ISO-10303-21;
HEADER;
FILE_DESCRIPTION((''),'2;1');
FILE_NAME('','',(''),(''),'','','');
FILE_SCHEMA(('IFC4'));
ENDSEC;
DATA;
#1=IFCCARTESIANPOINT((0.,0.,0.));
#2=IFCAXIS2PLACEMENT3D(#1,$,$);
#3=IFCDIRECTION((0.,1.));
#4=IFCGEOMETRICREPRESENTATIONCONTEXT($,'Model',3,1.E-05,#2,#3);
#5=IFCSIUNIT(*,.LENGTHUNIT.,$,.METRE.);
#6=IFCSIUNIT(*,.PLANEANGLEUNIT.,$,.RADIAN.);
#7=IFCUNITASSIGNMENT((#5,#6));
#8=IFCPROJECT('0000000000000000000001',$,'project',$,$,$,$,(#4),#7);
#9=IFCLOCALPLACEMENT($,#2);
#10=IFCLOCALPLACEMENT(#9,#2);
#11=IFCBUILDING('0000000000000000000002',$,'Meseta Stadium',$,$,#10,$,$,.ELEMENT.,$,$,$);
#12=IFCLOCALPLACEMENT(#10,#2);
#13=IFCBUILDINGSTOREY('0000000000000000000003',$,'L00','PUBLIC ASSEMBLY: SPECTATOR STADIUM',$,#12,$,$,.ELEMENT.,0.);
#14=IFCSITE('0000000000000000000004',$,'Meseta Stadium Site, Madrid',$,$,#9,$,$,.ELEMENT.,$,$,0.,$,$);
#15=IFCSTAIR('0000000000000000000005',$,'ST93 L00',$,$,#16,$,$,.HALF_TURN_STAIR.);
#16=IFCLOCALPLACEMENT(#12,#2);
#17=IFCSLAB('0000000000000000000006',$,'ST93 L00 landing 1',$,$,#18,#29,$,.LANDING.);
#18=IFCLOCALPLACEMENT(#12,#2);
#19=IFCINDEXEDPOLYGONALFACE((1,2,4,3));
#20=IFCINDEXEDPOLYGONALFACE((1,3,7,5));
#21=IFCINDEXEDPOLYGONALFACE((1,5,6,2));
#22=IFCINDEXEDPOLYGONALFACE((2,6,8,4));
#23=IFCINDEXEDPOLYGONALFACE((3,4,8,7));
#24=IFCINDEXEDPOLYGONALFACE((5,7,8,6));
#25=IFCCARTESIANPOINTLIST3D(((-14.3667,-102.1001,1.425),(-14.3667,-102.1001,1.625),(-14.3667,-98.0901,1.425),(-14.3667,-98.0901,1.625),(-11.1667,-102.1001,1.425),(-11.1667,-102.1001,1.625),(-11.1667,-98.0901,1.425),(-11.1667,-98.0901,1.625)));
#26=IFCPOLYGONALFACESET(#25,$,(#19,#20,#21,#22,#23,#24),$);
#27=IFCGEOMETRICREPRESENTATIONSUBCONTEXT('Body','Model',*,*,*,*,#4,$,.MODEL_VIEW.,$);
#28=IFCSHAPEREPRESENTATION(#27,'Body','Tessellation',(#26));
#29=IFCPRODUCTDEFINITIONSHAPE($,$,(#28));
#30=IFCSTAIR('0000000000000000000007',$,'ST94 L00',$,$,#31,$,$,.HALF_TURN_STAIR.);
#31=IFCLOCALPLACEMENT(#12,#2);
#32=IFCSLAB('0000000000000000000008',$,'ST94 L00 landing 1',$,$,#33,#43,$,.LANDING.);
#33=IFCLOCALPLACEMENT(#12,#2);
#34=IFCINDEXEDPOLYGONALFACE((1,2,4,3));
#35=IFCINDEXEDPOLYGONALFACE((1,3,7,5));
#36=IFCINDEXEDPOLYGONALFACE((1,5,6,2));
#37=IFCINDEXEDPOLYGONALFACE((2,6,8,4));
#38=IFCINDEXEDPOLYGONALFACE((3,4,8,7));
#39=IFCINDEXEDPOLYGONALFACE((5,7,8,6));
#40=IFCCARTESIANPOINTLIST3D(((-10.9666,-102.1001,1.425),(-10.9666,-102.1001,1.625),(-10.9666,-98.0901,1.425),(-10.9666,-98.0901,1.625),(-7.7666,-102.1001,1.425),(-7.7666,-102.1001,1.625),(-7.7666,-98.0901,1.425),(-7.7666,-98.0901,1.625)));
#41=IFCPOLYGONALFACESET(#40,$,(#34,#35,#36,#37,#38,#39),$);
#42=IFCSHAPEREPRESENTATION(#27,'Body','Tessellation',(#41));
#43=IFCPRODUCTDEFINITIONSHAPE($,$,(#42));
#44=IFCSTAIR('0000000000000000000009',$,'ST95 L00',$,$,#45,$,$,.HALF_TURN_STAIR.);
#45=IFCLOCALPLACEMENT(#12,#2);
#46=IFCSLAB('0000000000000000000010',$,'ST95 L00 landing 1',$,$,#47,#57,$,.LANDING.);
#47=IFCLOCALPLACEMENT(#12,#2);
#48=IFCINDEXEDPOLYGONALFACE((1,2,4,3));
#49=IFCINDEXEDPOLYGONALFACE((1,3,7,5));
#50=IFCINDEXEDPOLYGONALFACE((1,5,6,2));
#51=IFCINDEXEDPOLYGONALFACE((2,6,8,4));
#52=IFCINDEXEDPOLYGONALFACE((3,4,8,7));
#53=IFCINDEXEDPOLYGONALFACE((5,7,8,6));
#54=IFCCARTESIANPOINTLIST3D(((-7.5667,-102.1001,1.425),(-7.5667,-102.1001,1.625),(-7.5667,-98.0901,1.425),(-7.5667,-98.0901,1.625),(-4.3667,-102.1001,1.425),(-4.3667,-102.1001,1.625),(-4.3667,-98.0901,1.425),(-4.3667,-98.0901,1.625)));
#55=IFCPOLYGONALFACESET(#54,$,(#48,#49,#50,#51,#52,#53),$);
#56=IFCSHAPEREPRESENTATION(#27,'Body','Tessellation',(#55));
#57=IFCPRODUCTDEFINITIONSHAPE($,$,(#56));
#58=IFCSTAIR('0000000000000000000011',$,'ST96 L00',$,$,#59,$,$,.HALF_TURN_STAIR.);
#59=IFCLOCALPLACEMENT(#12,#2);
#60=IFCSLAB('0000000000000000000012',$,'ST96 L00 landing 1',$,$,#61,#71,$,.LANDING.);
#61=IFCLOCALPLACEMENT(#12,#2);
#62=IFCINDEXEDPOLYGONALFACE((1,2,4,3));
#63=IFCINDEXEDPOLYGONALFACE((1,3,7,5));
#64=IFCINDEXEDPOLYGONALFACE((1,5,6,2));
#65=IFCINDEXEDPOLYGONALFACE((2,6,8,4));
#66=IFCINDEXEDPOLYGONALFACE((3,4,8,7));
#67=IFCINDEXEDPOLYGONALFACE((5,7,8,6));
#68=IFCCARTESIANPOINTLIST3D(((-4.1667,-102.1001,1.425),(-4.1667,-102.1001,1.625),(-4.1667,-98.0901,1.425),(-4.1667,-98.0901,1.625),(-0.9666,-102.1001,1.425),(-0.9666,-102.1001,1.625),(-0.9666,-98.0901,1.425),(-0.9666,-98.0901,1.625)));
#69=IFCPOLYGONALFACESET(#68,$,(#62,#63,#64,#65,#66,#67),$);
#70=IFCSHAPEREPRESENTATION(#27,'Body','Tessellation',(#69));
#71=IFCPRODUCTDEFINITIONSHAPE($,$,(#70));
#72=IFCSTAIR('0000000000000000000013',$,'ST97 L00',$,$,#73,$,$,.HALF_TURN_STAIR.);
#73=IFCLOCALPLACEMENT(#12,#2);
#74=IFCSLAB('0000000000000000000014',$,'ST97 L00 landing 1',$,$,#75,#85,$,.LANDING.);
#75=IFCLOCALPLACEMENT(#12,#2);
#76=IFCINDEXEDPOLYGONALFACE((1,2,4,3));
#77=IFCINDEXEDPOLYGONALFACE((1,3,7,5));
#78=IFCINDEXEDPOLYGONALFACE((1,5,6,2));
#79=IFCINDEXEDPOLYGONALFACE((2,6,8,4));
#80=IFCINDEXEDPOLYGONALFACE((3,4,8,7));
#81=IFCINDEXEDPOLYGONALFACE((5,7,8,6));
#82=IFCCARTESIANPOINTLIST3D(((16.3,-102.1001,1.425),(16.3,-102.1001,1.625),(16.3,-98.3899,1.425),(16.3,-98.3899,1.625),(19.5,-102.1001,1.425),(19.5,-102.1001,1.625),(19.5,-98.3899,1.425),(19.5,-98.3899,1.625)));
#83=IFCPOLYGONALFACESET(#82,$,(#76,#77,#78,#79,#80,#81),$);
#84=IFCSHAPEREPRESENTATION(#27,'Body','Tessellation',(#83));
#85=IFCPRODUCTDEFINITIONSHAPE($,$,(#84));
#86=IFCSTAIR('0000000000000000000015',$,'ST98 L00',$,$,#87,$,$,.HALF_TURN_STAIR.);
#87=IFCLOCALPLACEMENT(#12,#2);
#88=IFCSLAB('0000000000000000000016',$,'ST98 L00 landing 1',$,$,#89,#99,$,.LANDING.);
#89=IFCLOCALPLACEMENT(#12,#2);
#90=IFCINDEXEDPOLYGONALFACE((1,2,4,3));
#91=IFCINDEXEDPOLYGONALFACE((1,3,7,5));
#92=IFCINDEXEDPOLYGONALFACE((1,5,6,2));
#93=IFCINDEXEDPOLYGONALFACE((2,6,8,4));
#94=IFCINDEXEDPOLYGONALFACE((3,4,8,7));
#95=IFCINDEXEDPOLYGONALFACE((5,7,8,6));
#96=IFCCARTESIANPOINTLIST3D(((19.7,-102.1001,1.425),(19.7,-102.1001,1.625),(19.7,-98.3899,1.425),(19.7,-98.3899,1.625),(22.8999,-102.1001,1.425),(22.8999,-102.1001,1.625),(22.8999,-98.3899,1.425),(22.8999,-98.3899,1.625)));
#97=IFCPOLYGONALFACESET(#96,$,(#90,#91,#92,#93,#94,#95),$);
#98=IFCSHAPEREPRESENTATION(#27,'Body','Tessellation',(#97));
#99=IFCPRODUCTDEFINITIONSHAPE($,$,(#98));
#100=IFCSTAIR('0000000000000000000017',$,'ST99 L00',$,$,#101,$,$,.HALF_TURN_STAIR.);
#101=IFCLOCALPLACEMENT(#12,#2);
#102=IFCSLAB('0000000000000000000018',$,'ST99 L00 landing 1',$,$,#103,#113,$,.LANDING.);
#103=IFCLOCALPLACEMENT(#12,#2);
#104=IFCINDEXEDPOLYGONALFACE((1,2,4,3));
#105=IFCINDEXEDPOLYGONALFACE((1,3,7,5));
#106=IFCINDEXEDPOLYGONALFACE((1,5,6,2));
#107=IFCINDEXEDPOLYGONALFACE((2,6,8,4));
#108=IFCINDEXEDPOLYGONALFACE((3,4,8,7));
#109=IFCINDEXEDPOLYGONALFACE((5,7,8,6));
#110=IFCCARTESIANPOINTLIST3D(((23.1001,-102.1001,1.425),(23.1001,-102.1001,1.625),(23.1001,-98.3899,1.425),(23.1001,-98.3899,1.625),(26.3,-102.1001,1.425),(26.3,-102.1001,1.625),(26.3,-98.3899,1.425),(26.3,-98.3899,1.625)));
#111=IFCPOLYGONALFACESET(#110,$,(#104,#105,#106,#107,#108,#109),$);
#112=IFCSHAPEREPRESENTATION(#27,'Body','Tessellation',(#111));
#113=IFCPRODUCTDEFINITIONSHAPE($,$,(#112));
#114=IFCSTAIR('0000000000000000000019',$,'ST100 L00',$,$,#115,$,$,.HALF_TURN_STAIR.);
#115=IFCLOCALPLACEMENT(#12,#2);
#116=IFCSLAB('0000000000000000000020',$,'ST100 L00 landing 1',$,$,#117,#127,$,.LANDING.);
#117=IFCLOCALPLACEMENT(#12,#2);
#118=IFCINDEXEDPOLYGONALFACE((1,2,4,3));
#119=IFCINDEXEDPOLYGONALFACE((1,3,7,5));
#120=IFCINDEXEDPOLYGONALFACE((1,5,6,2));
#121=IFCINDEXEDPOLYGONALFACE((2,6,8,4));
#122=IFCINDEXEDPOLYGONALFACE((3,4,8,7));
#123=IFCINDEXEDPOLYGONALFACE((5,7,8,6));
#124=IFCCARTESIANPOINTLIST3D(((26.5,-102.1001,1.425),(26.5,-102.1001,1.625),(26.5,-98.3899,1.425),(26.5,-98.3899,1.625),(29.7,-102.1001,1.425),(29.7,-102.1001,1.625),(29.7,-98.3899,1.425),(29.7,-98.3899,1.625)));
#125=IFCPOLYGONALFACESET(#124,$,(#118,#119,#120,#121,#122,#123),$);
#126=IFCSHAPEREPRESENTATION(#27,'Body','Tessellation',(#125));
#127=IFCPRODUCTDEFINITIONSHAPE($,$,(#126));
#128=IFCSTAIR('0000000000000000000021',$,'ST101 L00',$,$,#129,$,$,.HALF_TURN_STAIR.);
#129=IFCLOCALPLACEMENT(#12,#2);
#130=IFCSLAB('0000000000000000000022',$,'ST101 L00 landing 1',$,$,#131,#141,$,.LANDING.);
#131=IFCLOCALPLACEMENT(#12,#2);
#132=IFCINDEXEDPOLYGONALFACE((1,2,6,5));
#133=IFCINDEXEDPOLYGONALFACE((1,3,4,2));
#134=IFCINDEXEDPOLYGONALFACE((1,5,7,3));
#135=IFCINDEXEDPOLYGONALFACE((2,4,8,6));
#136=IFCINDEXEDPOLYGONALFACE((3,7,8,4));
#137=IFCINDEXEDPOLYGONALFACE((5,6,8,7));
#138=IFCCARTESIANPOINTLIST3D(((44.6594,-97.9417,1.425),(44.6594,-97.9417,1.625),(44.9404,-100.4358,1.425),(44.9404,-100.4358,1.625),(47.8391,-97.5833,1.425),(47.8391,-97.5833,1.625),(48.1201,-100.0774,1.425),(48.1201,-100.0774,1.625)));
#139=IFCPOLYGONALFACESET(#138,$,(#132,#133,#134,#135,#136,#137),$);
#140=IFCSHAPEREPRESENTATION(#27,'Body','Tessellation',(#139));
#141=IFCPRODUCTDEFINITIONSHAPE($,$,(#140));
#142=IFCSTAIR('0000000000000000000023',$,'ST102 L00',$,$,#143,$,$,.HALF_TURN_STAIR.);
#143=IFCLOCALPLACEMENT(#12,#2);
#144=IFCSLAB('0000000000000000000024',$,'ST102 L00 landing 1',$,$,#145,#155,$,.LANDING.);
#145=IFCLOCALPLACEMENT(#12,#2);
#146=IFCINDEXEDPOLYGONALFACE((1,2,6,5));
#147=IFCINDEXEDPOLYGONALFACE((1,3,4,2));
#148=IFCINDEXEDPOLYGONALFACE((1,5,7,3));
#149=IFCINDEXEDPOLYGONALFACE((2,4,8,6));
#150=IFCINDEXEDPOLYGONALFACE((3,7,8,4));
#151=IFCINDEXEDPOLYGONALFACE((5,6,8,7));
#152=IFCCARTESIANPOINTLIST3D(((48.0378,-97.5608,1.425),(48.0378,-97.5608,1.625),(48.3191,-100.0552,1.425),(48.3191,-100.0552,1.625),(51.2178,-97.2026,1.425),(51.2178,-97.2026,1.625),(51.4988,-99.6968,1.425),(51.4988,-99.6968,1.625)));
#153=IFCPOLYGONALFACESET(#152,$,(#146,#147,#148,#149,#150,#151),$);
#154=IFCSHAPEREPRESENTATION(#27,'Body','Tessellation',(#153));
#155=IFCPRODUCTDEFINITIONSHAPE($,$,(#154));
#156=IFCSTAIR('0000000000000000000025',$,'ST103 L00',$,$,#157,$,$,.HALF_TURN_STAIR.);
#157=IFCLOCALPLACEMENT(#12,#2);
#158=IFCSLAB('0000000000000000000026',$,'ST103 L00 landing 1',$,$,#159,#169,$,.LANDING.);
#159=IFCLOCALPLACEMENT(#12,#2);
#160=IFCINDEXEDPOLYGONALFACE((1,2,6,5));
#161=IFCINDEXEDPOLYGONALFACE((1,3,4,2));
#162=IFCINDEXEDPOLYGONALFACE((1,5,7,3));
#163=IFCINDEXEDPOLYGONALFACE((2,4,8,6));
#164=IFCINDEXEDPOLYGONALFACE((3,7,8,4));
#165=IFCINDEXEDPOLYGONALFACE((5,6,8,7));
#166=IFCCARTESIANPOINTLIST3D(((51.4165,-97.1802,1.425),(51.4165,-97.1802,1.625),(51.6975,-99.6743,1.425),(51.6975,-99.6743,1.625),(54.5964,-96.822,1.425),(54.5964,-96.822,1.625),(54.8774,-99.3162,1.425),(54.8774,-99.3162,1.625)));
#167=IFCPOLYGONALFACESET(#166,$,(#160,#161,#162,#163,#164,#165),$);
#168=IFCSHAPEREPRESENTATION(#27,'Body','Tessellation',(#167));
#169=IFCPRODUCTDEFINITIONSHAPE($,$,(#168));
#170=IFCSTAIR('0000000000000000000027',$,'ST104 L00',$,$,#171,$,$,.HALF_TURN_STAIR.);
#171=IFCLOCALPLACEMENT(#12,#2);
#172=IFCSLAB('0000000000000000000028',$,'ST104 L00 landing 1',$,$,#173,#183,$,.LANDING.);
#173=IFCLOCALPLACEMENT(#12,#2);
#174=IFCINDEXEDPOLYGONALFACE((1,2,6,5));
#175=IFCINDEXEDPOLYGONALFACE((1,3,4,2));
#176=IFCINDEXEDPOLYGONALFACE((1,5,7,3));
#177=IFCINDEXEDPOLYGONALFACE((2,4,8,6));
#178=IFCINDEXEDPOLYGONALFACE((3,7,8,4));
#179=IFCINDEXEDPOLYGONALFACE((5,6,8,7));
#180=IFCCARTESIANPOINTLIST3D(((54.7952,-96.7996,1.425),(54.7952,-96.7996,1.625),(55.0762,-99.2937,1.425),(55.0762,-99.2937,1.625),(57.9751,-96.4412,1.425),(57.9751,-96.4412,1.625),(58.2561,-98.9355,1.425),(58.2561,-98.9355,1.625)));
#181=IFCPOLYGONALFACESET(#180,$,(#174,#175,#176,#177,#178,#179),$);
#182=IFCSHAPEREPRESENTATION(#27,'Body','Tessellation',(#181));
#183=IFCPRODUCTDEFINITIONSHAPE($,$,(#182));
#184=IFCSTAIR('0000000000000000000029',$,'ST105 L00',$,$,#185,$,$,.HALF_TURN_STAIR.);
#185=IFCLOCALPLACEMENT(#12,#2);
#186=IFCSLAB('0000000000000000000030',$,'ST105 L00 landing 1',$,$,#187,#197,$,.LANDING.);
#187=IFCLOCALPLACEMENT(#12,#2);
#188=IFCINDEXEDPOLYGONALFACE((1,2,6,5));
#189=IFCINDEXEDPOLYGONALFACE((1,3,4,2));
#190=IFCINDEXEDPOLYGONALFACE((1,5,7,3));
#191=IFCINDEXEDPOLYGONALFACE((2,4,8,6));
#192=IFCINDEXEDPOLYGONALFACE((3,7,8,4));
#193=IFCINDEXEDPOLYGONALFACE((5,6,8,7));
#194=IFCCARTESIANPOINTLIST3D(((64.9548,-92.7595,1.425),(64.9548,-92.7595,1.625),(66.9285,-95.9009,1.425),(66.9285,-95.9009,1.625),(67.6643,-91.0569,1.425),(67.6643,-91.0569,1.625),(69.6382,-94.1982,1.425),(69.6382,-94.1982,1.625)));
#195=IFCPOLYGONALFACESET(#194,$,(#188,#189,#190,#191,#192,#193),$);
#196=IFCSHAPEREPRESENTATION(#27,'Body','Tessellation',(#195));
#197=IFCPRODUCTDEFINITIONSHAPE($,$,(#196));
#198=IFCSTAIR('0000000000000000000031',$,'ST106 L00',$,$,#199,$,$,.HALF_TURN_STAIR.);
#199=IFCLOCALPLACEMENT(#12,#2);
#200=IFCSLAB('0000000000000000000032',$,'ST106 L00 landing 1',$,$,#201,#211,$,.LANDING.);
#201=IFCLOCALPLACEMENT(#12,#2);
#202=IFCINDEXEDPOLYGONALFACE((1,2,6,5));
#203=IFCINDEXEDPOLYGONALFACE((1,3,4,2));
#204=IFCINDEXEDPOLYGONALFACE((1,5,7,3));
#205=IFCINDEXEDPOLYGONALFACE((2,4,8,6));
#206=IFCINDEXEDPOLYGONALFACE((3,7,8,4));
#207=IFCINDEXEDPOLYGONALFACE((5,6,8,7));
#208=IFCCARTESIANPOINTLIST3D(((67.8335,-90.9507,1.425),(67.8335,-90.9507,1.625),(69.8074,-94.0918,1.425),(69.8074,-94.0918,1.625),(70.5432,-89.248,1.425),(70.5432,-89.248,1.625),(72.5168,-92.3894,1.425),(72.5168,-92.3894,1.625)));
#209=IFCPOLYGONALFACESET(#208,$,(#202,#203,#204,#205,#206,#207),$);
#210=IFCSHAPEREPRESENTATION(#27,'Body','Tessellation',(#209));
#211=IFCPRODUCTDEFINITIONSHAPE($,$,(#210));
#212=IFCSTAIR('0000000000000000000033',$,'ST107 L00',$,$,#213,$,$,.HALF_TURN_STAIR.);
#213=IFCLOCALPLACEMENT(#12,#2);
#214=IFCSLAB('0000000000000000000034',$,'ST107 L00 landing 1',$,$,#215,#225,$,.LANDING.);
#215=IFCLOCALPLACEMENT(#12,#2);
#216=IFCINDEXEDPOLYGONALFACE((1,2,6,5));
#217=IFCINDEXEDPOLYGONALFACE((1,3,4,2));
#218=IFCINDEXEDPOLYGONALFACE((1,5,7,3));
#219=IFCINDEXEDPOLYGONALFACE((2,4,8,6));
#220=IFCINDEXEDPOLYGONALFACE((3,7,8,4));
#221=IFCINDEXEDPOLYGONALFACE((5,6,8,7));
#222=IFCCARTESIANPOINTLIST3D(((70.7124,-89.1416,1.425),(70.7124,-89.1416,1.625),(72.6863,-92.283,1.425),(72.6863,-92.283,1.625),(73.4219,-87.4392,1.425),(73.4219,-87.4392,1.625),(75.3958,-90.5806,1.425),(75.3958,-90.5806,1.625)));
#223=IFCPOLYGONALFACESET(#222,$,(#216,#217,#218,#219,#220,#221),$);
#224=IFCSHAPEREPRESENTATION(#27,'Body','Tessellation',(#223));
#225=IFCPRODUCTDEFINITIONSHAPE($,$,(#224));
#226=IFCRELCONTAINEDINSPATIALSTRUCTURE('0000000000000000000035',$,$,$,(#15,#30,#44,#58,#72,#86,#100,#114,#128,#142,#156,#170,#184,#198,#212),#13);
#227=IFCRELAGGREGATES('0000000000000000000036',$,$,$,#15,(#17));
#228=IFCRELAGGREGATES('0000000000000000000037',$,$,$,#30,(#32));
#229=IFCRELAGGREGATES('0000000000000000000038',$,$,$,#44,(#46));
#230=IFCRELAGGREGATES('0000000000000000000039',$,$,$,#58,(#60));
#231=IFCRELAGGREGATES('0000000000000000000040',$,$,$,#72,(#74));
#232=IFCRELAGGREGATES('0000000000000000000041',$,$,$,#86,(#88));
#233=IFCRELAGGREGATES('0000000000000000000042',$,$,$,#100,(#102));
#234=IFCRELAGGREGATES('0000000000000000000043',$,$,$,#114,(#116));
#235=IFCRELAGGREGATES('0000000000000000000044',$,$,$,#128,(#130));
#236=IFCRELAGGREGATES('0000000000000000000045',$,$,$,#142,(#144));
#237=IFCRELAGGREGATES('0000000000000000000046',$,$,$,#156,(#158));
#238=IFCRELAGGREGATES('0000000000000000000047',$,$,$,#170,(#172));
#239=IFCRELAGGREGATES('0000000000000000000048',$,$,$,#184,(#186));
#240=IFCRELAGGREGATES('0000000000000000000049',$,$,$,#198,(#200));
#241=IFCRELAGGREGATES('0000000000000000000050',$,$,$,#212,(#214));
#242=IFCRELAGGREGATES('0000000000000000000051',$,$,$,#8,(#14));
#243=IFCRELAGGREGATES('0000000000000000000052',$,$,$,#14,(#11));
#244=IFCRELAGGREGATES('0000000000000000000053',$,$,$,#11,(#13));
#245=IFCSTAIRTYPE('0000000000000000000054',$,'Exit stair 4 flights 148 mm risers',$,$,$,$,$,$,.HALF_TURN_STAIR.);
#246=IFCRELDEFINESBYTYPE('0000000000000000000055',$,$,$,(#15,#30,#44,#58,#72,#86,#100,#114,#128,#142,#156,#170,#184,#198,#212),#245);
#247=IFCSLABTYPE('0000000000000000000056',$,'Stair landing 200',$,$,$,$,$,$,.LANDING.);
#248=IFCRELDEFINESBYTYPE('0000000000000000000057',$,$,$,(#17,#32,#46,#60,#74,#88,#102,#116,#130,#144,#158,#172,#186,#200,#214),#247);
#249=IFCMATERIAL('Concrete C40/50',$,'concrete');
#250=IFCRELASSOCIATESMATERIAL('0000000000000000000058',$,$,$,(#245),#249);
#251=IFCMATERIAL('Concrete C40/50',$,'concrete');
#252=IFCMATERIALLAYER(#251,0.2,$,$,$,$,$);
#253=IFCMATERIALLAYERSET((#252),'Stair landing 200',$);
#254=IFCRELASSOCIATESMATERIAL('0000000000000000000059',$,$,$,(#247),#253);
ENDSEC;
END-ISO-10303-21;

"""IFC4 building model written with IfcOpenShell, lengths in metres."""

from ifc_helpers import new_model, si_unit, direction, frame, origin, place, context, subcontext, project, spatial, polyline, outline, extrude, material, layer, layer_set, type_object, element, aggregate, save


model = new_model("IFC4")

# Units and contexts
model_context = context("Model", 3, precision=1e-05, world=origin(), true_north=direction((0.0, 1.0)))
body_context = subcontext(model_context, "Body", "Model", "MODEL_VIEW")
ifc_project = project(units=[si_unit("LENGTHUNIT", "METRE"), si_unit("PLANEANGLEUNIT", "RADIAN")], contexts=[model_context])

# Site, building, storey
site_placement = place(None, origin())
site = spatial("IfcSite", under=ifc_project, at=site_placement, Name="Meseta Stadium Site, Madrid", CompositionType="ELEMENT", RefElevation=0.0)
building_placement = place(site_placement, origin())
building = spatial("IfcBuilding", under=site, at=building_placement, Name="Meseta Stadium", CompositionType="ELEMENT")
storey_placement = place(building_placement, origin())
storey = spatial("IfcBuildingStorey", under=building, at=storey_placement, Name="L00", Description="PUBLIC ASSEMBLY: SPECTATOR STADIUM", CompositionType="ELEMENT", Elevation=0.0)

# Stairs, slabs
ifc_material_1 = material(Name="Concrete C40/50", Category="concrete")
stair_type = type_object("IfcStairType", Name="Exit stair 4 flights 148 mm risers", PredefinedType="HALF_TURN_STAIR", material=ifc_material_1)
ifc_material_2 = material(Name="Concrete C40/50", Category="concrete")
ifc_layer = layer(ifc_material_2, 0.2)
ifc_layer_set = layer_set([ifc_layer], Name="Stair landing 200")
slab_type = type_object("IfcSlabType", Name="Stair landing 200", PredefinedType="LANDING", material=ifc_layer_set)
stair_1_placement = place(storey_placement, origin())
stair_1 = element("IfcStair", 1, at=stair_1_placement, inside=storey, type_object=stair_type, Name="ST93 L00", PredefinedType="HALF_TURN_STAIR")
slab_1_placement = place(storey_placement, frame((0.0, 0.0, 1.425)))
slab_1 = element("IfcSlab", 2, at=slab_1_placement, type_object=slab_type, Name="ST93 L00 landing 1", PredefinedType="LANDING", context=body_context, shape_type="SweptSolid", body=[
    extrude(outline(polyline([(-14.3667, -98.0901), (-14.3667, -102.1001), (-11.1667, -102.1001), (-11.1667, -98.0901), (-14.3667, -98.0901)])), origin(), (0.0, 0.0, 1.0), 0.2),
])
aggregate(stair_1, [slab_1])
stair_2_placement = place(storey_placement, origin())
stair_2 = element("IfcStair", 3, at=stair_2_placement, inside=storey, type_object=stair_type, Name="ST94 L00", PredefinedType="HALF_TURN_STAIR")
slab_2_placement = place(storey_placement, frame((0.0, 0.0, 1.425)))
slab_2 = element("IfcSlab", 4, at=slab_2_placement, type_object=slab_type, Name="ST94 L00 landing 1", PredefinedType="LANDING", context=body_context, shape_type="SweptSolid", body=[
    extrude(outline(polyline([(-10.9666, -98.0901), (-10.9666, -102.1001), (-7.7666, -102.1001), (-7.7666, -98.0901), (-10.9666, -98.0901)])), origin(), (0.0, 0.0, 1.0), 0.2),
])
aggregate(stair_2, [slab_2])
stair_3_placement = place(storey_placement, origin())
stair_3 = element("IfcStair", 5, at=stair_3_placement, inside=storey, type_object=stair_type, Name="ST95 L00", PredefinedType="HALF_TURN_STAIR")
slab_3_placement = place(storey_placement, frame((0.0, 0.0, 1.425)))
slab_3 = element("IfcSlab", 6, at=slab_3_placement, type_object=slab_type, Name="ST95 L00 landing 1", PredefinedType="LANDING", context=body_context, shape_type="SweptSolid", body=[
    extrude(outline(polyline([(-7.5667, -98.0901), (-7.5667, -102.1001), (-4.3667, -102.1001), (-4.3667, -98.0901), (-7.5667, -98.0901)])), origin(), (0.0, 0.0, 1.0), 0.2),
])
aggregate(stair_3, [slab_3])
stair_4_placement = place(storey_placement, origin())
stair_4 = element("IfcStair", 7, at=stair_4_placement, inside=storey, type_object=stair_type, Name="ST96 L00", PredefinedType="HALF_TURN_STAIR")
slab_4_placement = place(storey_placement, frame((0.0, 0.0, 1.425)))
slab_4 = element("IfcSlab", 8, at=slab_4_placement, type_object=slab_type, Name="ST96 L00 landing 1", PredefinedType="LANDING", context=body_context, shape_type="SweptSolid", body=[
    extrude(outline(polyline([(-4.1667, -98.0901), (-4.1667, -102.1001), (-0.9666, -102.1001), (-0.9666, -98.0901), (-4.1667, -98.0901)])), origin(), (0.0, 0.0, 1.0), 0.2),
])
aggregate(stair_4, [slab_4])
stair_5_placement = place(storey_placement, origin())
stair_5 = element("IfcStair", 9, at=stair_5_placement, inside=storey, type_object=stair_type, Name="ST97 L00", PredefinedType="HALF_TURN_STAIR")
slab_5_placement = place(storey_placement, frame((0.0, 0.0, 1.425)))
slab_5 = element("IfcSlab", 10, at=slab_5_placement, type_object=slab_type, Name="ST97 L00 landing 1", PredefinedType="LANDING", context=body_context, shape_type="SweptSolid", body=[
    extrude(outline(polyline([(16.3, -98.3899), (16.3, -102.1001), (19.5, -102.1001), (19.5, -98.3899), (16.3, -98.3899)])), origin(), (0.0, 0.0, 1.0), 0.2),
])
aggregate(stair_5, [slab_5])
stair_6_placement = place(storey_placement, origin())
stair_6 = element("IfcStair", 11, at=stair_6_placement, inside=storey, type_object=stair_type, Name="ST98 L00", PredefinedType="HALF_TURN_STAIR")
slab_6_placement = place(storey_placement, frame((0.0, 0.0, 1.425)))
slab_6 = element("IfcSlab", 12, at=slab_6_placement, type_object=slab_type, Name="ST98 L00 landing 1", PredefinedType="LANDING", context=body_context, shape_type="SweptSolid", body=[
    extrude(outline(polyline([(19.7, -98.3899), (19.7, -102.1001), (22.8999, -102.1001), (22.8999, -98.3899), (19.7, -98.3899)])), origin(), (0.0, 0.0, 1.0), 0.2),
])
aggregate(stair_6, [slab_6])
stair_7_placement = place(storey_placement, origin())
stair_7 = element("IfcStair", 13, at=stair_7_placement, inside=storey, type_object=stair_type, Name="ST99 L00", PredefinedType="HALF_TURN_STAIR")
slab_7_placement = place(storey_placement, frame((0.0, 0.0, 1.425)))
slab_7 = element("IfcSlab", 14, at=slab_7_placement, type_object=slab_type, Name="ST99 L00 landing 1", PredefinedType="LANDING", context=body_context, shape_type="SweptSolid", body=[
    extrude(outline(polyline([(23.1001, -98.3899), (23.1001, -102.1001), (26.3, -102.1001), (26.3, -98.3899), (23.1001, -98.3899)])), origin(), (0.0, 0.0, 1.0), 0.2),
])
aggregate(stair_7, [slab_7])
stair_8_placement = place(storey_placement, origin())
stair_8 = element("IfcStair", 15, at=stair_8_placement, inside=storey, type_object=stair_type, Name="ST100 L00", PredefinedType="HALF_TURN_STAIR")
slab_8_placement = place(storey_placement, frame((0.0, 0.0, 1.425)))
slab_8 = element("IfcSlab", 16, at=slab_8_placement, type_object=slab_type, Name="ST100 L00 landing 1", PredefinedType="LANDING", context=body_context, shape_type="SweptSolid", body=[
    extrude(outline(polyline([(26.5, -98.3899), (26.5, -102.1001), (29.7, -102.1001), (29.7, -98.3899), (26.5, -98.3899)])), origin(), (0.0, 0.0, 1.0), 0.2),
])
aggregate(stair_8, [slab_8])
stair_9_placement = place(storey_placement, origin())
stair_9 = element("IfcStair", 17, at=stair_9_placement, inside=storey, type_object=stair_type, Name="ST101 L00", PredefinedType="HALF_TURN_STAIR")
slab_9_placement = place(storey_placement, frame((0.0, 0.0, 1.425)))
slab_9 = element("IfcSlab", 18, at=slab_9_placement, type_object=slab_type, Name="ST101 L00 landing 1", PredefinedType="LANDING", context=body_context, shape_type="SweptSolid", body=[
    extrude(outline(polyline([(44.6594, -97.9417), (44.9404, -100.4358), (48.1201, -100.0774), (47.8391, -97.5833), (44.6594, -97.9417)])), origin(), (0.0, 0.0, 1.0), 0.2),
])
aggregate(stair_9, [slab_9])
stair_10_placement = place(storey_placement, origin())
stair_10 = element("IfcStair", 19, at=stair_10_placement, inside=storey, type_object=stair_type, Name="ST102 L00", PredefinedType="HALF_TURN_STAIR")
slab_10_placement = place(storey_placement, frame((0.0, 0.0, 1.425)))
slab_10 = element("IfcSlab", 20, at=slab_10_placement, type_object=slab_type, Name="ST102 L00 landing 1", PredefinedType="LANDING", context=body_context, shape_type="SweptSolid", body=[
    extrude(outline(polyline([(48.0378, -97.5608), (48.3191, -100.0552), (51.4988, -99.6968), (51.2178, -97.2026), (48.0378, -97.5608)])), origin(), (0.0, 0.0, 1.0), 0.2),
])
aggregate(stair_10, [slab_10])
stair_11_placement = place(storey_placement, origin())
stair_11 = element("IfcStair", 21, at=stair_11_placement, inside=storey, type_object=stair_type, Name="ST103 L00", PredefinedType="HALF_TURN_STAIR")
slab_11_placement = place(storey_placement, frame((0.0, 0.0, 1.425)))
slab_11 = element("IfcSlab", 22, at=slab_11_placement, type_object=slab_type, Name="ST103 L00 landing 1", PredefinedType="LANDING", context=body_context, shape_type="SweptSolid", body=[
    extrude(outline(polyline([(51.4165, -97.1802), (51.6975, -99.6743), (54.8774, -99.3162), (54.5964, -96.822), (51.4165, -97.1802)])), origin(), (0.0, 0.0, 1.0), 0.2),
])
aggregate(stair_11, [slab_11])
stair_12_placement = place(storey_placement, origin())
stair_12 = element("IfcStair", 23, at=stair_12_placement, inside=storey, type_object=stair_type, Name="ST104 L00", PredefinedType="HALF_TURN_STAIR")
slab_12_placement = place(storey_placement, frame((0.0, 0.0, 1.425)))
slab_12 = element("IfcSlab", 24, at=slab_12_placement, type_object=slab_type, Name="ST104 L00 landing 1", PredefinedType="LANDING", context=body_context, shape_type="SweptSolid", body=[
    extrude(outline(polyline([(54.7952, -96.7996), (55.0762, -99.2937), (58.2561, -98.9355), (57.9751, -96.4412), (54.7952, -96.7996)])), origin(), (0.0, 0.0, 1.0), 0.2),
])
aggregate(stair_12, [slab_12])
stair_13_placement = place(storey_placement, origin())
stair_13 = element("IfcStair", 25, at=stair_13_placement, inside=storey, type_object=stair_type, Name="ST105 L00", PredefinedType="HALF_TURN_STAIR")
slab_13_placement = place(storey_placement, frame((0.0, 0.0, 1.425)))
slab_13 = element("IfcSlab", 26, at=slab_13_placement, type_object=slab_type, Name="ST105 L00 landing 1", PredefinedType="LANDING", context=body_context, shape_type="SweptSolid", body=[
    extrude(outline(polyline([(64.9548, -92.7595), (66.9285, -95.9009), (69.6382, -94.1982), (67.6643, -91.0569), (64.9548, -92.7595)])), origin(), (0.0, 0.0, 1.0), 0.2),
])
aggregate(stair_13, [slab_13])
stair_14_placement = place(storey_placement, origin())
stair_14 = element("IfcStair", 27, at=stair_14_placement, inside=storey, type_object=stair_type, Name="ST106 L00", PredefinedType="HALF_TURN_STAIR")
slab_14_placement = place(storey_placement, frame((0.0, 0.0, 1.425)))
slab_14 = element("IfcSlab", 28, at=slab_14_placement, type_object=slab_type, Name="ST106 L00 landing 1", PredefinedType="LANDING", context=body_context, shape_type="SweptSolid", body=[
    extrude(outline(polyline([(67.8335, -90.9507), (69.8074, -94.0918), (72.5168, -92.3894), (70.5432, -89.248), (67.8335, -90.9507)])), origin(), (0.0, 0.0, 1.0), 0.2),
])
aggregate(stair_14, [slab_14])
stair_15_placement = place(storey_placement, origin())
stair_15 = element("IfcStair", 29, at=stair_15_placement, inside=storey, type_object=stair_type, Name="ST107 L00", PredefinedType="HALF_TURN_STAIR")
slab_15_placement = place(storey_placement, frame((0.0, 0.0, 1.425)))
slab_15 = element("IfcSlab", 30, at=slab_15_placement, type_object=slab_type, Name="ST107 L00 landing 1", PredefinedType="LANDING", context=body_context, shape_type="SweptSolid", body=[
    extrude(outline(polyline([(70.7124, -89.1416), (72.6863, -92.283), (75.3958, -90.5806), (73.4219, -87.4392), (70.7124, -89.1416)])), origin(), (0.0, 0.0, 1.0), 0.2),
])
aggregate(stair_15, [slab_15])

save(model, "model.ifc")
